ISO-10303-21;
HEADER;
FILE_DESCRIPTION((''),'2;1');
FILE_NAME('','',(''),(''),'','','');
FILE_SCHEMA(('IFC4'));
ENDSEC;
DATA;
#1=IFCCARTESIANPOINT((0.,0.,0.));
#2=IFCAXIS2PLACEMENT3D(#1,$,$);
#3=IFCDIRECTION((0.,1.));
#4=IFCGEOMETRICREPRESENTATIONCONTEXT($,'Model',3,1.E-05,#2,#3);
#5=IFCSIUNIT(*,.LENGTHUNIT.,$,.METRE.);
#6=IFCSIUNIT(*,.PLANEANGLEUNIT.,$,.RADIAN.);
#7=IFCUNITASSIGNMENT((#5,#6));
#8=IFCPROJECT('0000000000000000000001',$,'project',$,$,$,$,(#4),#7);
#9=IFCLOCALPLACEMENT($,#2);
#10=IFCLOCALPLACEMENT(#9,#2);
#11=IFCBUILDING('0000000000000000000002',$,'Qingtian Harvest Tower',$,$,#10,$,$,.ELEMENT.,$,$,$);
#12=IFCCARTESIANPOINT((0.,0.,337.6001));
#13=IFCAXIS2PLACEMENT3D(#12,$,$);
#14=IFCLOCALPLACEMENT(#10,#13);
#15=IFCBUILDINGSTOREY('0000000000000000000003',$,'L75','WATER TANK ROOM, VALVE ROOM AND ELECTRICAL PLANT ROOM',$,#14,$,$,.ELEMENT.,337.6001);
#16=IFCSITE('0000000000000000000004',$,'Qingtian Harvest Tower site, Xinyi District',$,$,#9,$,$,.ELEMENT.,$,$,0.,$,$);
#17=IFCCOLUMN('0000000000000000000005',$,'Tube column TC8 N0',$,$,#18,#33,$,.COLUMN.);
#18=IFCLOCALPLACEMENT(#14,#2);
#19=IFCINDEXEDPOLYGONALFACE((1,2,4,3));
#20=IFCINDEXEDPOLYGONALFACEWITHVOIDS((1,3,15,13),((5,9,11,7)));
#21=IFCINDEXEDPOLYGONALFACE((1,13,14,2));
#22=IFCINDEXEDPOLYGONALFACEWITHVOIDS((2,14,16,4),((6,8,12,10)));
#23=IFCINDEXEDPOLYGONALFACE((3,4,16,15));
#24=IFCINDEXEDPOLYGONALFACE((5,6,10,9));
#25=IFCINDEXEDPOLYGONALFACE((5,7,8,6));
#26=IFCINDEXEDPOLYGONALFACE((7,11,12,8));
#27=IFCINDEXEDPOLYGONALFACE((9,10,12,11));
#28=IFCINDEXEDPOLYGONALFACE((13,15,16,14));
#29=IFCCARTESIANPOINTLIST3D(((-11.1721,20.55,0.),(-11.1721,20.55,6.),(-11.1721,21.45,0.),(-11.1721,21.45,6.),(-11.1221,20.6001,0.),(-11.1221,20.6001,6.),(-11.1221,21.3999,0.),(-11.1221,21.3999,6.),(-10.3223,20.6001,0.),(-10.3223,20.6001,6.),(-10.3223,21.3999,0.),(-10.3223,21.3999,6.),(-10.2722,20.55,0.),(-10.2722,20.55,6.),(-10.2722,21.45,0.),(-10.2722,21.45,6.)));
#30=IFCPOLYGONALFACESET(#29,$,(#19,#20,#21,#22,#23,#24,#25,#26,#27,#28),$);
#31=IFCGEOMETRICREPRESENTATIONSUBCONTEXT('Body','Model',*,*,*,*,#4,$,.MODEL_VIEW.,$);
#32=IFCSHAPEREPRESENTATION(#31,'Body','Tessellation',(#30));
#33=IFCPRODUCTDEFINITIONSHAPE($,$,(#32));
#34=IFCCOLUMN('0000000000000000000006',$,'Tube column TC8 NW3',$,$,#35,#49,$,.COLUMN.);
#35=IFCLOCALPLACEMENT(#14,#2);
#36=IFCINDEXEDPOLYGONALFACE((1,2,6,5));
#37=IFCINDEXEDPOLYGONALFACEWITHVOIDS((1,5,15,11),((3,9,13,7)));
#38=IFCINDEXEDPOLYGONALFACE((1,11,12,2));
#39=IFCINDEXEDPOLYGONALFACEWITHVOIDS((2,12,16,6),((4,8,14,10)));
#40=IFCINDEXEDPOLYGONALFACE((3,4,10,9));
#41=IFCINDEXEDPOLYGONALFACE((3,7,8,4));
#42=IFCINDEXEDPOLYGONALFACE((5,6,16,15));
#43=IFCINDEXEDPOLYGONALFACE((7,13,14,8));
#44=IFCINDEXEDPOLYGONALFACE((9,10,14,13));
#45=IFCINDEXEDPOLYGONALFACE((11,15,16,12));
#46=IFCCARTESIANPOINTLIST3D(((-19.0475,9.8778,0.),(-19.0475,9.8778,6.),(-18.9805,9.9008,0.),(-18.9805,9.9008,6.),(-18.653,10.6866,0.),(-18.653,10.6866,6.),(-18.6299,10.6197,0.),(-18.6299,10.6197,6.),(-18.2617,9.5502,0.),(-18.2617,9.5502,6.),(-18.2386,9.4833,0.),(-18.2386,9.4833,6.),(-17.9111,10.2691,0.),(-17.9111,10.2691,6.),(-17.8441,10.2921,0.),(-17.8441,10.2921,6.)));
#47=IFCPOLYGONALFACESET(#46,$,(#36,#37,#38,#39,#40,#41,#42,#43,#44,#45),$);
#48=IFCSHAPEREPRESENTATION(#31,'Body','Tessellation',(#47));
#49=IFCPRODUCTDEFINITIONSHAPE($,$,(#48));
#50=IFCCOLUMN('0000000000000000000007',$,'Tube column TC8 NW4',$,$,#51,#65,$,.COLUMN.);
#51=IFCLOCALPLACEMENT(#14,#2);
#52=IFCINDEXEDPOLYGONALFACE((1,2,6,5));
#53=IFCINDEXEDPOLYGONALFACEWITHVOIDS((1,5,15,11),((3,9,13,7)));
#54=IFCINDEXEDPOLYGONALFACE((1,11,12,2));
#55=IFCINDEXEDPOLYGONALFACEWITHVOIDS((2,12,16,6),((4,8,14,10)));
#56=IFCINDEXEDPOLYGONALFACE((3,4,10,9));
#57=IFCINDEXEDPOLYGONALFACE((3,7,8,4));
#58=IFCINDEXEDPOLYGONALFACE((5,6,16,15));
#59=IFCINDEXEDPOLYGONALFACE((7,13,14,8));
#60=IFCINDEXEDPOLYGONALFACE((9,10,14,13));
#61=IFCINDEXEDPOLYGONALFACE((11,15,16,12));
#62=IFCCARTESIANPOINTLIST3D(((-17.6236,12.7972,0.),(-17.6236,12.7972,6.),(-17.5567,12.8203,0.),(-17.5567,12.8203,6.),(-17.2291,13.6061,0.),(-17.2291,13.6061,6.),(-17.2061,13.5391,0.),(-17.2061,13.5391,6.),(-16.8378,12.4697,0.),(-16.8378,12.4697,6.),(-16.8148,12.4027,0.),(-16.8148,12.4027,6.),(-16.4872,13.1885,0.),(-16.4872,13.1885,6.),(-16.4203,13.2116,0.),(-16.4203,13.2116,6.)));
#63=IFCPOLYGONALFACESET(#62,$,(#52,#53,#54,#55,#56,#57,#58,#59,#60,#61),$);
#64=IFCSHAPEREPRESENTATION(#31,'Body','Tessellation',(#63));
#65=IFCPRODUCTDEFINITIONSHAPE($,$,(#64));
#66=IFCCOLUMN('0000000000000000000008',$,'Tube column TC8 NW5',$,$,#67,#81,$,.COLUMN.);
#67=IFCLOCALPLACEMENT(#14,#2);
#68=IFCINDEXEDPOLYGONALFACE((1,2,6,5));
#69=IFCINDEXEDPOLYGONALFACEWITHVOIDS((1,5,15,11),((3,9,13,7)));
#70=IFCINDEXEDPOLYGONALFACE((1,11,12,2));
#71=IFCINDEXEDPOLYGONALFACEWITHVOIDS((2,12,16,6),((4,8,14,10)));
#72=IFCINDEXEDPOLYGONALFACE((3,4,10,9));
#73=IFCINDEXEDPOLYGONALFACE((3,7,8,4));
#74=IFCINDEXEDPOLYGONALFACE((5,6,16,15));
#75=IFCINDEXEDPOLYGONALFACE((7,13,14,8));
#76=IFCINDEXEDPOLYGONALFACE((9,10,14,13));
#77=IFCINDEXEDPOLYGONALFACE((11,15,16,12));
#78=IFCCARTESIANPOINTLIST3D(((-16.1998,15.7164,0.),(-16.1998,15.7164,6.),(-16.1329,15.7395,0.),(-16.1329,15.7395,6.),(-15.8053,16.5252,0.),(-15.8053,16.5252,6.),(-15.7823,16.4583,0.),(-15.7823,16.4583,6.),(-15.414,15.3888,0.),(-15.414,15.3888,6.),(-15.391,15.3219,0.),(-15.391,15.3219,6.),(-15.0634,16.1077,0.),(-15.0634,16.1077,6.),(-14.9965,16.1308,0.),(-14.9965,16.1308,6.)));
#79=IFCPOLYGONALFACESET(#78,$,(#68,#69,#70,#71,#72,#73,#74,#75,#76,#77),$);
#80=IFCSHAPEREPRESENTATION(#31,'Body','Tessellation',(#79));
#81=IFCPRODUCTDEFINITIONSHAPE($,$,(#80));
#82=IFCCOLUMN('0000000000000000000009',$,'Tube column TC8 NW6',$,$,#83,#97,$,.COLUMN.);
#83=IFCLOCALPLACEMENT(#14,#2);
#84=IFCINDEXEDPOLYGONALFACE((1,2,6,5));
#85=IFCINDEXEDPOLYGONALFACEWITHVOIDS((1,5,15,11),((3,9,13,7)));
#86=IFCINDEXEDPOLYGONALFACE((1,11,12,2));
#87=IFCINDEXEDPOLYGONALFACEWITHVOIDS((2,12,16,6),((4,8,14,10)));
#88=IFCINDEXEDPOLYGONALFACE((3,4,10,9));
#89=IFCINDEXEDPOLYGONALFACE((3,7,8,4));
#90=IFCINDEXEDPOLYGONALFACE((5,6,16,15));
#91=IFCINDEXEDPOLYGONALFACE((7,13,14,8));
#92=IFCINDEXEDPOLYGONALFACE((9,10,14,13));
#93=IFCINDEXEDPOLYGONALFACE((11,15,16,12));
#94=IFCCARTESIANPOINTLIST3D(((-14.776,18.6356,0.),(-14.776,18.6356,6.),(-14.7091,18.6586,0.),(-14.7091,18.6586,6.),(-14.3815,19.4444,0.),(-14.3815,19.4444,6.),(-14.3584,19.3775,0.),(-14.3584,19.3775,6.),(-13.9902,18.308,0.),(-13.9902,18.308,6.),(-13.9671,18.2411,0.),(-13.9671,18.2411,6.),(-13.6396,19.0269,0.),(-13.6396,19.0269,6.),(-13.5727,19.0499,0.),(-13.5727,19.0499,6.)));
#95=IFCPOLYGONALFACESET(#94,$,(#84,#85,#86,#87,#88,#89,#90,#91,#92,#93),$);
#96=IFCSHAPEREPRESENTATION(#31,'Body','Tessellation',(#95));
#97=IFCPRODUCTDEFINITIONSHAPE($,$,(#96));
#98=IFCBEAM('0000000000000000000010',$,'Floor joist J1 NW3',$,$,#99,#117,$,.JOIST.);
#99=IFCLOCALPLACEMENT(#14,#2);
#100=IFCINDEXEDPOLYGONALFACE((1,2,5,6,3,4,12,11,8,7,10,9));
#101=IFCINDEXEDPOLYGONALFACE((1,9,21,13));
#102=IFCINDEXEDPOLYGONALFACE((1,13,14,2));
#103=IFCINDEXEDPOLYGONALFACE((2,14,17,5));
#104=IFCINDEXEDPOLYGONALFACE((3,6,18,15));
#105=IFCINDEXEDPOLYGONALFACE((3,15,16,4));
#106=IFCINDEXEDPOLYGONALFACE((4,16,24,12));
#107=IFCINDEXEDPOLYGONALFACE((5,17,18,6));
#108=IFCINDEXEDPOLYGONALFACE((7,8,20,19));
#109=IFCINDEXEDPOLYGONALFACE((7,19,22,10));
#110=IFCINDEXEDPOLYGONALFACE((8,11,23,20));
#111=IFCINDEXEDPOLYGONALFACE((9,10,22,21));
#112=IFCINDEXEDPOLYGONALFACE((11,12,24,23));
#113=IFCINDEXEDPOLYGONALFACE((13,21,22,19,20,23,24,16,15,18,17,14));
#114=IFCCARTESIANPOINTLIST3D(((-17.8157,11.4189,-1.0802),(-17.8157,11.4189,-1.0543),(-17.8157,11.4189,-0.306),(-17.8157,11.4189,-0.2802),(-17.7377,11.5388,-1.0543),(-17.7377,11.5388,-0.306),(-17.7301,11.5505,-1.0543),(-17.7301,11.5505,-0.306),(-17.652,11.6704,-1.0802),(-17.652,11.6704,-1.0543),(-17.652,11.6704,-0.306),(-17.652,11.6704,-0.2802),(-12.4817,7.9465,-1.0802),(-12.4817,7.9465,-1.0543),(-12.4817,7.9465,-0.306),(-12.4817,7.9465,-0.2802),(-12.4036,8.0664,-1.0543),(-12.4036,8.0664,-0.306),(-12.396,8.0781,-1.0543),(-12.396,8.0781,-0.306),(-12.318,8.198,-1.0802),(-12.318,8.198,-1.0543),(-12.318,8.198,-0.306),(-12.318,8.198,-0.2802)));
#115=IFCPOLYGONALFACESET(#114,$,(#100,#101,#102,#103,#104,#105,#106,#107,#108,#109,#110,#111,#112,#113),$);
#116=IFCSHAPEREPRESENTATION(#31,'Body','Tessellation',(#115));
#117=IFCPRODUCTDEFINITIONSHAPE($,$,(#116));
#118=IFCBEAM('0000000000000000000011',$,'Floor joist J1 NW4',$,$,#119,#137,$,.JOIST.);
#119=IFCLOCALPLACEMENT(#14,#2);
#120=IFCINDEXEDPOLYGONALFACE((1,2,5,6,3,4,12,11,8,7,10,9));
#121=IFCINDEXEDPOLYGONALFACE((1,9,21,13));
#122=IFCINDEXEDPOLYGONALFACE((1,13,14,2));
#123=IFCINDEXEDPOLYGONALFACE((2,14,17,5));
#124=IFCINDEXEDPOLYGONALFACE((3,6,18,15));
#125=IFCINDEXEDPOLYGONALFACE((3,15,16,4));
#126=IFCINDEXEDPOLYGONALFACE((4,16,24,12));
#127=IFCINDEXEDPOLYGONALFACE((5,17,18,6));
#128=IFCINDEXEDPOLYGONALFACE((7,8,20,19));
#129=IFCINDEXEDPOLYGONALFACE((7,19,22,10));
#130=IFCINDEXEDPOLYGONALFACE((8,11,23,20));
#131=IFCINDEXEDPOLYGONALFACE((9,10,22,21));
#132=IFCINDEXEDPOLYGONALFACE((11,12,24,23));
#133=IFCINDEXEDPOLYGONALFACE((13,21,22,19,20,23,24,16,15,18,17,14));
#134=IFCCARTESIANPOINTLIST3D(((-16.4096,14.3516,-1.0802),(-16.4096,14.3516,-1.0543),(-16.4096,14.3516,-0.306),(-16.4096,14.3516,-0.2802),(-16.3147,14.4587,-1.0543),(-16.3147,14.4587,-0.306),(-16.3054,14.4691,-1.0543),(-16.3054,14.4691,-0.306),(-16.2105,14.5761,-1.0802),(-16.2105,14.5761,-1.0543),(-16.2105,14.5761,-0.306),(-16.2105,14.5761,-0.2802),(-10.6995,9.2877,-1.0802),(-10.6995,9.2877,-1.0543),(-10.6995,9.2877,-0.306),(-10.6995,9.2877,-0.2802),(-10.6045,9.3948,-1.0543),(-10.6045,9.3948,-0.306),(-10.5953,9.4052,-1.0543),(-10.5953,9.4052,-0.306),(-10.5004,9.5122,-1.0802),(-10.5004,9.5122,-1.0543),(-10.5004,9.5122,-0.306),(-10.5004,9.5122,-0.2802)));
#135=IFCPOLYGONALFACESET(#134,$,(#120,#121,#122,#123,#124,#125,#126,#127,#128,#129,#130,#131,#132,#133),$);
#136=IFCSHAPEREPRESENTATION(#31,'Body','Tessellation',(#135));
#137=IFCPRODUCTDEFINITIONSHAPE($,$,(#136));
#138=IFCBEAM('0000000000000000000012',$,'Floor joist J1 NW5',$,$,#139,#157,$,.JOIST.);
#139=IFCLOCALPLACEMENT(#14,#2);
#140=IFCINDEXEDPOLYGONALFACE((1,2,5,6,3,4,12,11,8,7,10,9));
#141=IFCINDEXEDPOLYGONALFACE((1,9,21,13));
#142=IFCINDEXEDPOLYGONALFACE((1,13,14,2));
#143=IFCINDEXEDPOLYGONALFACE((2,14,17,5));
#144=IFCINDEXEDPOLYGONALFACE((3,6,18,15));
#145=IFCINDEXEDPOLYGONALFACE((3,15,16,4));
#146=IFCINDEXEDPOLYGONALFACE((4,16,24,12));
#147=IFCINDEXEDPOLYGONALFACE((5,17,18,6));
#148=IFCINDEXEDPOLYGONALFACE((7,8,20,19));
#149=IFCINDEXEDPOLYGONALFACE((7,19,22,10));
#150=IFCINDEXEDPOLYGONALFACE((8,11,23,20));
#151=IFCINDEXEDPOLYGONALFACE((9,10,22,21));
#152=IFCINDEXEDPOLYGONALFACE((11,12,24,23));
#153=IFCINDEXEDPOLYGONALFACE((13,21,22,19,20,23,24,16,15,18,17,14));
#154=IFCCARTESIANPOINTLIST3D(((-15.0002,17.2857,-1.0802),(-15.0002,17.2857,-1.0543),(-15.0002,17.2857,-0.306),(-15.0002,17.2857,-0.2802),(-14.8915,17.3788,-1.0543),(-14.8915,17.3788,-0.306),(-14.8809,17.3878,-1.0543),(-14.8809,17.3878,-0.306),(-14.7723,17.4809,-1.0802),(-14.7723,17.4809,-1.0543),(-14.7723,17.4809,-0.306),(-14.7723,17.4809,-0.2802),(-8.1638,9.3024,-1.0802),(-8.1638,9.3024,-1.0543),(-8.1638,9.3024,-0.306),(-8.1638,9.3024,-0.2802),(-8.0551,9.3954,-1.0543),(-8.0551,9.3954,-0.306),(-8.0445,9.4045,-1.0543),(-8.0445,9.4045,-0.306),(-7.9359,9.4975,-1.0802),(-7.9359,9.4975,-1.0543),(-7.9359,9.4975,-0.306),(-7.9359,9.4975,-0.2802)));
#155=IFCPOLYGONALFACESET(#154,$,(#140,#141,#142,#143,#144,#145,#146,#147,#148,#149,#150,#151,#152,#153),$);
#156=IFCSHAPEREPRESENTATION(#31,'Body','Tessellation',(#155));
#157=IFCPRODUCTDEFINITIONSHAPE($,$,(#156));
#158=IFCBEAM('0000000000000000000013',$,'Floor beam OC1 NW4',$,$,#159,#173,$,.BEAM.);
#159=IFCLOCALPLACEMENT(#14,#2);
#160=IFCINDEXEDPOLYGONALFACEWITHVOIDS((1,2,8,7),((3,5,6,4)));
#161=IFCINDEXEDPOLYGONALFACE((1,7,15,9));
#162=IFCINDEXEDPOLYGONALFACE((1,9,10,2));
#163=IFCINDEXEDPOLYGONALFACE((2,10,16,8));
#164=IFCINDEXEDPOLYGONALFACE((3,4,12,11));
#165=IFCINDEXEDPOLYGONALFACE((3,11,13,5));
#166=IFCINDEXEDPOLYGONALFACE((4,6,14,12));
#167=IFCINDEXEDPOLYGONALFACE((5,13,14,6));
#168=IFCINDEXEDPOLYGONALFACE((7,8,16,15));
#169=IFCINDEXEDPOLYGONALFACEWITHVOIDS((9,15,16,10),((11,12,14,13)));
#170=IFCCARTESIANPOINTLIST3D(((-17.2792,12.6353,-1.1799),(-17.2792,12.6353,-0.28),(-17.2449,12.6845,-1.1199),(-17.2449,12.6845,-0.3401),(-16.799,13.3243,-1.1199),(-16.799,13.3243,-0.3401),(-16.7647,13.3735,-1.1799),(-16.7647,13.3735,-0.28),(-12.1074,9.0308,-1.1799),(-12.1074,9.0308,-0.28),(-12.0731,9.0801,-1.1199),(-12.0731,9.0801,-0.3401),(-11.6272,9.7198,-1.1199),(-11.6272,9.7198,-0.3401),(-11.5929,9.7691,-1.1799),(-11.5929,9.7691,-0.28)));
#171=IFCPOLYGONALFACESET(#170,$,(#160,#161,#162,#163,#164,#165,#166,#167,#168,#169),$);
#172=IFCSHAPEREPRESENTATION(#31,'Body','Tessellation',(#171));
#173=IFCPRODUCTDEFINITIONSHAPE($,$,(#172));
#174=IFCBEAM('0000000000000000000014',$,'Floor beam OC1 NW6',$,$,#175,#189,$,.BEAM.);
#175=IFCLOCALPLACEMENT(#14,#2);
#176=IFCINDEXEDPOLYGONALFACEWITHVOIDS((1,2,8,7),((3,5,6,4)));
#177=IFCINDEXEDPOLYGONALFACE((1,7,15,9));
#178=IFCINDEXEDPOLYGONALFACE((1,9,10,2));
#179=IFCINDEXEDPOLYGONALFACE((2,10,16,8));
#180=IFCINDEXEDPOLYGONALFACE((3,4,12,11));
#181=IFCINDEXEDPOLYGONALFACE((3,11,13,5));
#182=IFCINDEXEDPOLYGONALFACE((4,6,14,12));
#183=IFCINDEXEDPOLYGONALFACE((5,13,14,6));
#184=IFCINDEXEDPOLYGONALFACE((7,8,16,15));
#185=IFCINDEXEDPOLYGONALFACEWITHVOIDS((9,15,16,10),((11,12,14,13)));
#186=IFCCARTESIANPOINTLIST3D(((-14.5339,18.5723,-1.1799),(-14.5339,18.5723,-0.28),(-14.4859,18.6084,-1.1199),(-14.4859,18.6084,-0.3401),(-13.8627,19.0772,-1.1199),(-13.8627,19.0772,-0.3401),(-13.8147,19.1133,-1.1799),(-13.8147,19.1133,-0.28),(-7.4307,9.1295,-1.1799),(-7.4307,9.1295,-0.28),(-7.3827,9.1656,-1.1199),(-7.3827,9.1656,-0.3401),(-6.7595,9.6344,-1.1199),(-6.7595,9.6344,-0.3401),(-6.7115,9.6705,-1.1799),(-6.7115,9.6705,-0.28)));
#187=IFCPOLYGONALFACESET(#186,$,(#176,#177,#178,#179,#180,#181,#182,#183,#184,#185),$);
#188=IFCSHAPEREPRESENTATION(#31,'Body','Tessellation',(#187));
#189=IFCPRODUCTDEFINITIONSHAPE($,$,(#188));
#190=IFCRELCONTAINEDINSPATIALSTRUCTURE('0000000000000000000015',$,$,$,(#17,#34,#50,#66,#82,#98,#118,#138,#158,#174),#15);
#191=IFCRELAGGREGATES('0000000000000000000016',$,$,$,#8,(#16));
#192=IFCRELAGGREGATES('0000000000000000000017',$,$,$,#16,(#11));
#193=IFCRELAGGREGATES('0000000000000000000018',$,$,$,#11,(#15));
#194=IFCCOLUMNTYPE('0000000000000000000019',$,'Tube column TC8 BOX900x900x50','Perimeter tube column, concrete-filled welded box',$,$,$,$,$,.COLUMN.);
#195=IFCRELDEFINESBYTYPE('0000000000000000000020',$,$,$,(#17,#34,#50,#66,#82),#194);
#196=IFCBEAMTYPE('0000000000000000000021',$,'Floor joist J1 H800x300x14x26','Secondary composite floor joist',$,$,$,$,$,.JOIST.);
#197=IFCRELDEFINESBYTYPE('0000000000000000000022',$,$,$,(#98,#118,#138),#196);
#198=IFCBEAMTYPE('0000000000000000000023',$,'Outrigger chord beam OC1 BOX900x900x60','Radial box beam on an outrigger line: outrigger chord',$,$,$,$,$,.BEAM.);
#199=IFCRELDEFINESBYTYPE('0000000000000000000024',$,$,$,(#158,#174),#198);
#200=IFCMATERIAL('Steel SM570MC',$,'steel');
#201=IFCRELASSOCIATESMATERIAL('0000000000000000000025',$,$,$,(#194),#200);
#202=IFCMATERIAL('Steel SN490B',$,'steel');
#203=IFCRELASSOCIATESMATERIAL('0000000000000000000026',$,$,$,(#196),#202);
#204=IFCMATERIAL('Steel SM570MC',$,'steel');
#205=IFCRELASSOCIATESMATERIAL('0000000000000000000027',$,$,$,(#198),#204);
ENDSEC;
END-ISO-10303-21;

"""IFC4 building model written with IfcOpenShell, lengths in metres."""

from ifc_helpers import new_model, si_unit, direction, frame, origin, origin_2d, place, context, subcontext, project, spatial, hollow_rectangle, i_section, extrude, material, material_profile, profile_set, type_object, element, save


model = new_model("IFC4")

# Units and contexts
model_context = context("Model", 3, precision=1e-05, world=origin(), true_north=direction((0.0, 1.0)))
body_context = subcontext(model_context, "Body", "Model", "MODEL_VIEW")
ifc_project = project(units=[si_unit("LENGTHUNIT", "METRE"), si_unit("PLANEANGLEUNIT", "RADIAN")], contexts=[model_context])

# Site, building, storey
site_placement = place(None, origin())
site = spatial("IfcSite", under=ifc_project, at=site_placement, Name="Qingtian Harvest Tower site, Xinyi District", CompositionType="ELEMENT", RefElevation=0.0)
building_placement = place(site_placement, origin())
building = spatial("IfcBuilding", under=site, at=building_placement, Name="Qingtian Harvest Tower", CompositionType="ELEMENT")
storey_placement = place(building_placement, frame((0.0, 0.0, 337.6001)))
storey = spatial("IfcBuildingStorey", under=building, at=storey_placement, Name="L75", Description="WATER TANK ROOM, VALVE ROOM AND ELECTRICAL PLANT ROOM", CompositionType="ELEMENT", Elevation=337.6001)

# Columns
ifc_material_1 = material(Name="Steel SM570MC", Category="steel")
ifc_material_profile_1 = material_profile(ifc_material_1, hollow_rectangle(XDim=0.8999, YDim=0.8999, WallThickness=0.05, at=origin_2d()), Name="BOX900x900x50")
ifc_profile_set_1 = profile_set([ifc_material_profile_1], Name="Steel SM570MC")
column_type = type_object("IfcColumnType", Name="Tube column TC8 BOX900x900x50", Description="Perimeter tube column, concrete-filled welded box", PredefinedType="COLUMN", material=ifc_profile_set_1)
for number, where, z_axis, x_axis, name in (
    (1, (-10.7222, 21.0, 0.0), (0.0, 0.0, 1.0), (-1.0, 0.0, 0.0), "Tube column TC8 N0"),
    (2, (-18.4458, 10.085, 0.0), (0.0, 0.0, 1.0), (-0.438371, -0.898794, 0.0), "Tube column TC8 NW3"),
    (3, (-17.022, 13.0044, 0.0), (0.0, 0.0, 1.0), (-0.438371, -0.898794, 0.0), "Tube column TC8 NW4"),
    (4, (-15.5981, 15.9236, 0.0), (0.0, 0.0, 1.0), (-0.438371, -0.898794, 0.0), "Tube column TC8 NW5"),
    (5, (-14.1743, 18.8428, 0.0), (0.0, 0.0, 1.0), (-0.438371, -0.898794, 0.0), "Tube column TC8 NW6"),
):
    element("IfcColumn", number, at=place(storey_placement, frame(where, z_axis=z_axis, x_axis=x_axis)), inside=storey, type_object=column_type, Name=name, PredefinedType="COLUMN", context=body_context, shape_type="SweptSolid", body=[
        extrude(hollow_rectangle(XDim=0.8999, YDim=0.8999, WallThickness=0.05, at=origin_2d()), origin(), (0.0, 0.0, 1.0), 6.0),
    ])

# Beams
ifc_material_2 = material(Name="Steel SN490B", Category="steel")
ifc_material_profile_2 = material_profile(ifc_material_2, i_section(OverallWidth=0.3, OverallDepth=0.8, WebThickness=0.0139, FlangeThickness=0.0259, at=origin_2d()), Name="H800x300x14x26")
ifc_profile_set_2 = profile_set([ifc_material_profile_2], Name="Steel SN490B")
beam_type_1 = type_object("IfcBeamType", Name="Floor joist J1 H800x300x14x26", Description="Secondary composite floor joist", PredefinedType="JOIST", material=ifc_profile_set_2)
beam_1_placement = place(storey_placement, frame((-17.7339, 11.5447, -0.6802), z_axis=(0.838061, -0.545576, 0.0), x_axis=(0.545576, 0.838061, 0.0)))
element("IfcBeam", 6, at=beam_1_placement, inside=storey, type_object=beam_type_1, Name="Floor joist J1 NW3", PredefinedType="JOIST", context=body_context, shape_type="SweptSolid", body=[
    extrude(i_section(OverallWidth=0.3, OverallDepth=0.8, WebThickness=0.0139, FlangeThickness=0.0259, at=origin_2d()), origin(), (0.0, 0.0, 1.0), 6.3647),
])
beam_2_placement = place(storey_placement, frame((-16.3101, 14.4639, -0.6802), z_axis=(0.748175, -0.663502, 0.0), x_axis=(0.663502, 0.748175, 0.0)))
element("IfcBeam", 7, at=beam_2_placement, inside=storey, type_object=beam_type_1, Name="Floor joist J1 NW4", PredefinedType="JOIST", context=body_context, shape_type="SweptSolid", body=[
    extrude(i_section(OverallWidth=0.3, OverallDepth=0.8, WebThickness=0.0139, FlangeThickness=0.0259, at=origin_2d()), origin(), (0.0, 0.0, 1.0), 7.6321),
])
beam_3_placement = place(storey_placement, frame((-14.8862, 17.3833, -0.6802), z_axis=(0.650436, -0.759561, 0.0), x_axis=(0.759561, 0.650436, 0.0)))
element("IfcBeam", 8, at=beam_3_placement, inside=storey, type_object=beam_type_1, Name="Floor joist J1 NW5", PredefinedType="JOIST", context=body_context, shape_type="SweptSolid", body=[
    extrude(i_section(OverallWidth=0.3, OverallDepth=0.8, WebThickness=0.0139, FlangeThickness=0.0259, at=origin_2d()), origin(), (0.0, 0.0, 1.0), 10.5105),
])
ifc_material_3 = material(Name="Steel SM570MC", Category="steel")
ifc_material_profile_3 = material_profile(ifc_material_3, hollow_rectangle(XDim=0.8999, YDim=0.8999, WallThickness=0.0601, at=origin_2d()), Name="BOX900x900x60")
ifc_profile_set_3 = profile_set([ifc_material_profile_3], Name="Steel SM570MC")
beam_type_2 = type_object("IfcBeamType", Name="Outrigger chord beam OC1 BOX900x900x60", Description="Radial box beam on an outrigger line: outrigger chord", PredefinedType="BEAM", material=ifc_profile_set_3)
beam_4_placement = place(storey_placement, frame((-17.022, 13.0044, -0.73), z_axis=(0.820409, -0.571777, 0.0), x_axis=(0.571777, 0.820409, 0.0)))
element("IfcBeam", 9, at=beam_4_placement, inside=storey, type_object=beam_type_2, Name="Floor beam OC1 NW4", PredefinedType="BEAM", context=body_context, shape_type="SweptSolid", body=[
    extrude(hollow_rectangle(XDim=0.8999, YDim=0.8999, WallThickness=0.0601, at=origin_2d()), origin(), (0.0, 0.0, 1.0), 6.304),
])
beam_5_placement = place(storey_placement, frame((-14.1743, 18.8428, -0.73), z_axis=(0.601143, -0.799141, 0.0), x_axis=(0.799141, 0.601143, 0.0)))
element("IfcBeam", 10, at=beam_5_placement, inside=storey, type_object=beam_type_2, Name="Floor beam OC1 NW6", PredefinedType="BEAM", context=body_context, shape_type="SweptSolid", body=[
    extrude(hollow_rectangle(XDim=0.8999, YDim=0.8999, WallThickness=0.0601, at=origin_2d()), origin(), (0.0, 0.0, 1.0), 11.8162),
])

save(model, "model.ifc")
